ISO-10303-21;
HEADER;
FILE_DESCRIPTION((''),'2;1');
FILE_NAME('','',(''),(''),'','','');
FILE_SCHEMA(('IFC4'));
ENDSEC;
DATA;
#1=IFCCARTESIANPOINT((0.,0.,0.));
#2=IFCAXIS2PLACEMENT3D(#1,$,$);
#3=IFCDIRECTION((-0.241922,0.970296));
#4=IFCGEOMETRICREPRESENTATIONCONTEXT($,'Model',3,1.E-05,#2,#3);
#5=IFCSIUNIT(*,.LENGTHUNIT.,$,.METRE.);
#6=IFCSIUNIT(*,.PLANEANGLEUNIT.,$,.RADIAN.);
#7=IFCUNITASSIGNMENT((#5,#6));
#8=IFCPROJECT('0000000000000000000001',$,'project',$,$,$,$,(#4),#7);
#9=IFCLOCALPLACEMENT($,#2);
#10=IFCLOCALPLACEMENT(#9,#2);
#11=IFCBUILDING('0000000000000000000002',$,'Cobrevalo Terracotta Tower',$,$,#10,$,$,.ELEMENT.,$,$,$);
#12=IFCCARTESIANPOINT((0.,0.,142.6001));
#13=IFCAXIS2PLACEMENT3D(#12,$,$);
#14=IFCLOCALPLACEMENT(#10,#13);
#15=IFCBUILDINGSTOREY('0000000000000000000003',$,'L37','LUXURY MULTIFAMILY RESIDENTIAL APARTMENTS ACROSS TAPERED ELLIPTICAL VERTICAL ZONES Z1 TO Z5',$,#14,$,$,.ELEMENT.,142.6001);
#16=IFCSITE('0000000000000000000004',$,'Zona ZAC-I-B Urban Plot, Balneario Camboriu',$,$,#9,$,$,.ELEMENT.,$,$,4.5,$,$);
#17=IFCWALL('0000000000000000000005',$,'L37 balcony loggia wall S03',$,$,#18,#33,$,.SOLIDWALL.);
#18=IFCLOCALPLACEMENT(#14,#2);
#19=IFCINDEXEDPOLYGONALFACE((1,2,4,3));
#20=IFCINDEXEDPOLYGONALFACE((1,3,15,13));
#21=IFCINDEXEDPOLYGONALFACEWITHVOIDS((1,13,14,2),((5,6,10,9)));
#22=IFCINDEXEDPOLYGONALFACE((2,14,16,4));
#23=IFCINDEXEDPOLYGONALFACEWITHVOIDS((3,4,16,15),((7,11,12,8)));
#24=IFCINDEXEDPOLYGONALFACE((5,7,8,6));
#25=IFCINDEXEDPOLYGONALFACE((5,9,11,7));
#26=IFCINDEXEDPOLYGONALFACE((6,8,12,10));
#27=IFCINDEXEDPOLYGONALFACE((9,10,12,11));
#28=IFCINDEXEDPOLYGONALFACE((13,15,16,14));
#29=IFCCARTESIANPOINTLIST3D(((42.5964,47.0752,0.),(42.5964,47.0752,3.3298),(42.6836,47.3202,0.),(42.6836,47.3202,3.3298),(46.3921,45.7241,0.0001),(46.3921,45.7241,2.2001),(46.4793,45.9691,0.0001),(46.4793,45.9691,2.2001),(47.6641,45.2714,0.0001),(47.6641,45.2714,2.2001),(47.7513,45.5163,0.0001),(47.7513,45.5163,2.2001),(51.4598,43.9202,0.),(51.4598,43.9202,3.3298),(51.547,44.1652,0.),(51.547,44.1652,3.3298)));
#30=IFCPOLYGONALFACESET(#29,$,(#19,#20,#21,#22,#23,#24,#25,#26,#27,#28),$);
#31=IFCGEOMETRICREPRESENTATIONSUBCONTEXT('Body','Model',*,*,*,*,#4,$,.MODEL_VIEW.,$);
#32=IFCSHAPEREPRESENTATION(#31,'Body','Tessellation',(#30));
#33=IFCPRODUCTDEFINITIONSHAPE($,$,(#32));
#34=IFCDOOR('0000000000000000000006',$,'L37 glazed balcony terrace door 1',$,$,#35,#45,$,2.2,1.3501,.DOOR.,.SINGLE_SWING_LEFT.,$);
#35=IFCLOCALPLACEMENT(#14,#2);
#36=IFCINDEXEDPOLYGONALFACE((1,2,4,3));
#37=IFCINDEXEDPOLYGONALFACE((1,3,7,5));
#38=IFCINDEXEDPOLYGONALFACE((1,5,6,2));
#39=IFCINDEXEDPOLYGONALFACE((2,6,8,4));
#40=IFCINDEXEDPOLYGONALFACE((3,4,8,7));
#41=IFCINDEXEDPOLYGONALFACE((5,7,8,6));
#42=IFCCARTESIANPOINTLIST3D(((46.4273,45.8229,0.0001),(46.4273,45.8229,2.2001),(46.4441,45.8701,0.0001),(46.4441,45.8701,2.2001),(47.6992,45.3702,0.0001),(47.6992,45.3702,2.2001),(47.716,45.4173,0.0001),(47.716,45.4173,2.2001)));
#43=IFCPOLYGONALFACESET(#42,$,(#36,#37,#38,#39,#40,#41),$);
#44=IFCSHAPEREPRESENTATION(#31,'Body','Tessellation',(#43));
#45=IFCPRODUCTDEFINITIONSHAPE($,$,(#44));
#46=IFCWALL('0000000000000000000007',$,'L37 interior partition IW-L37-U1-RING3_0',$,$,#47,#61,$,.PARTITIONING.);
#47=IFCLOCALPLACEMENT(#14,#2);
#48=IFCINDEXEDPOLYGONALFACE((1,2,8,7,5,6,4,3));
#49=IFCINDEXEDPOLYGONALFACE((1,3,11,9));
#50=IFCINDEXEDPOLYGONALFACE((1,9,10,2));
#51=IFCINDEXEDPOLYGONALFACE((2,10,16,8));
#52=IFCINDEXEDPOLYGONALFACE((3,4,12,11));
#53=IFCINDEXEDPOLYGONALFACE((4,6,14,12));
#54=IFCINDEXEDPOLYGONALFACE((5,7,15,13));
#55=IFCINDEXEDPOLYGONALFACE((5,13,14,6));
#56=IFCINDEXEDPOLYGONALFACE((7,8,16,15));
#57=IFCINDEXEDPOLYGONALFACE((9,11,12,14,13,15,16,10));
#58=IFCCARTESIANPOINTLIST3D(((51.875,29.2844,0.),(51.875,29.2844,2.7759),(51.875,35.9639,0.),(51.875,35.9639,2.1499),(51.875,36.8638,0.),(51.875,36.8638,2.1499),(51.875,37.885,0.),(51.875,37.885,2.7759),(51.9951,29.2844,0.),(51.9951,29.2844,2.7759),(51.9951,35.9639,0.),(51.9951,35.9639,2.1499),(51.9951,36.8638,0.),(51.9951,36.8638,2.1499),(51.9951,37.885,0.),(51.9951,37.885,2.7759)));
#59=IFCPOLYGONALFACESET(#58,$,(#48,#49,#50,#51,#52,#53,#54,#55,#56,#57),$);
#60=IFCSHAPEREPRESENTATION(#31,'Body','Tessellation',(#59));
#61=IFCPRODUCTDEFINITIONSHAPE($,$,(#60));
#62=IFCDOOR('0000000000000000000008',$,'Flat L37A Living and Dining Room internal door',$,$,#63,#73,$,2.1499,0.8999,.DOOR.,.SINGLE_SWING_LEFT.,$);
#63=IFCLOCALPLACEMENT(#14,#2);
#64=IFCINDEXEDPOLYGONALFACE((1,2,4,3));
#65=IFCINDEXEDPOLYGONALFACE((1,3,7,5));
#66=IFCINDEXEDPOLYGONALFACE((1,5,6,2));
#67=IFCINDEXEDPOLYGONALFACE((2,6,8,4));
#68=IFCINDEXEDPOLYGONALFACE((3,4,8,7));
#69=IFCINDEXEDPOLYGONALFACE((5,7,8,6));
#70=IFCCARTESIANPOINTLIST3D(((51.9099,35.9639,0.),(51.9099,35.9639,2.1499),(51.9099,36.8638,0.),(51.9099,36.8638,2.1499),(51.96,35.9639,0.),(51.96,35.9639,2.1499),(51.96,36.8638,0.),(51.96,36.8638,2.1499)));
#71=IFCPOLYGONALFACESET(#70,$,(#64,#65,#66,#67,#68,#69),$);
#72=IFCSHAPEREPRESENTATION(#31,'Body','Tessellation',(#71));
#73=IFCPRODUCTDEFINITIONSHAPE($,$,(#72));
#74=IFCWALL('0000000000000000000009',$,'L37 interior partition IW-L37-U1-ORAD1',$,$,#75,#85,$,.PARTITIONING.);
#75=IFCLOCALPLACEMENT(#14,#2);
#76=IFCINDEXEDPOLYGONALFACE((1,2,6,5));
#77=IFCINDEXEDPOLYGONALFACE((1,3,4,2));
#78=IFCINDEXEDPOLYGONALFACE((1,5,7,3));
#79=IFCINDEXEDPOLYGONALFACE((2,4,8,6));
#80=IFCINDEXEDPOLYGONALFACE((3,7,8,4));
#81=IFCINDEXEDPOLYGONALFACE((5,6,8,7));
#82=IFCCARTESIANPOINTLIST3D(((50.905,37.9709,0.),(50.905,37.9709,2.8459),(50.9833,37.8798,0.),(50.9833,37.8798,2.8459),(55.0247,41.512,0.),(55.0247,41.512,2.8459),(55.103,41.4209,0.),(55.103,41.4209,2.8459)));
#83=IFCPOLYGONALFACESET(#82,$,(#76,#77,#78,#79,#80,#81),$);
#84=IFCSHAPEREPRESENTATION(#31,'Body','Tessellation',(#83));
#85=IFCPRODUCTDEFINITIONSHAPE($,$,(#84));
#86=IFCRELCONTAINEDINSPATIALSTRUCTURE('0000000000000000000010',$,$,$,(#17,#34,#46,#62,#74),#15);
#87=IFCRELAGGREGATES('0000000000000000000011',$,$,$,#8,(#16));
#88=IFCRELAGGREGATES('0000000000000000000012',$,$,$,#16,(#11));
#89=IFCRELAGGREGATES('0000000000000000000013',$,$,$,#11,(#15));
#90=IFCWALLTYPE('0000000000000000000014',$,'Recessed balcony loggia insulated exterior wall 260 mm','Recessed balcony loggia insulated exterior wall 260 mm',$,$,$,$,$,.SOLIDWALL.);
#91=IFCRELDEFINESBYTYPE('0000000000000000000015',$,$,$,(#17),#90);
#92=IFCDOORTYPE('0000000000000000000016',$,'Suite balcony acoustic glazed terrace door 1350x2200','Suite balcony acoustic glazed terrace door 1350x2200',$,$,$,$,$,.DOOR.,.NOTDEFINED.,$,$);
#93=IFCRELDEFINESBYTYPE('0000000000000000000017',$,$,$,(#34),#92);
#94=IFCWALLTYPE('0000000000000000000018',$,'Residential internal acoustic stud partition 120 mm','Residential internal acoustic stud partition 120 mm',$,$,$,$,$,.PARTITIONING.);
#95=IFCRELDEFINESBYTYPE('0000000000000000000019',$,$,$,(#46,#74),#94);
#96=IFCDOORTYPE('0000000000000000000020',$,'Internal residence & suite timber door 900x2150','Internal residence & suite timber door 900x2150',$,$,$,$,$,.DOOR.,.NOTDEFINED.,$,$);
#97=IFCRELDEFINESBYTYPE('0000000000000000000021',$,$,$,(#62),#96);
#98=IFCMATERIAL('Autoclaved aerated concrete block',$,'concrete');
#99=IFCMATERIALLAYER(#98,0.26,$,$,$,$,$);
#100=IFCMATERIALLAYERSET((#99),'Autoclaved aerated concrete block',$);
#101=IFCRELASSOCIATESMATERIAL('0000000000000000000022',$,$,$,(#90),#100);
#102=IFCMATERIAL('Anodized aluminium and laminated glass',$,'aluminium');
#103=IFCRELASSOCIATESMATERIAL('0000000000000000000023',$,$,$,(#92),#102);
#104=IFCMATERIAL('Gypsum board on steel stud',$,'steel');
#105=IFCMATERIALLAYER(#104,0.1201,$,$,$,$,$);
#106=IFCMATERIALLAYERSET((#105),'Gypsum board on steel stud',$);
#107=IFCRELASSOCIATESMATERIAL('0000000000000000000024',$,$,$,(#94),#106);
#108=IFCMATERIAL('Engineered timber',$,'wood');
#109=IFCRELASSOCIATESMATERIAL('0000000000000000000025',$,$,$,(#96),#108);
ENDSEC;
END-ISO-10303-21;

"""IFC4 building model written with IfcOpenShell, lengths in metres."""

from ifc_helpers import new_model, si_unit, direction, frame, frame_2d, origin, place, context, subcontext, project, spatial, rectangle, extrude, source, transform, mapped, material, layer, layer_set, type_object, element, fill, save


model = new_model("IFC4")

# Units and contexts
model_context = context("Model", 3, precision=1e-05, world=origin(), true_north=direction((-0.241922, 0.970296)))
body_context = subcontext(model_context, "Body", "Model", "MODEL_VIEW")
ifc_project = project(units=[si_unit("LENGTHUNIT", "METRE"), si_unit("PLANEANGLEUNIT", "RADIAN")], contexts=[model_context])

# Site, building, storey
site_placement = place(None, origin())
site = spatial("IfcSite", under=ifc_project, at=site_placement, Name="Zona ZAC-I-B Urban Plot, Balneario Camboriu", CompositionType="ELEMENT", RefElevation=4.5)
building_placement = place(site_placement, origin())
building = spatial("IfcBuilding", under=site, at=building_placement, Name="Cobrevalo Terracotta Tower", CompositionType="ELEMENT")
storey_placement = place(building_placement, frame((0.0, 0.0, 142.6001)))
storey = spatial("IfcBuildingStorey", under=building, at=storey_placement, Name="L37", Description="LUXURY MULTIFAMILY RESIDENTIAL APARTMENTS ACROSS TAPERED ELLIPTICAL VERTICAL ZONES Z1 TO Z5", CompositionType="ELEMENT", Elevation=142.6001)

# Walls, openings, doors
ifc_material_1 = material(Name="Autoclaved aerated concrete block", Category="concrete")
ifc_layer_1 = layer(ifc_material_1, 0.26)
ifc_layer_set_1 = layer_set([ifc_layer_1], Name="Autoclaved aerated concrete block")
wall_type_1 = type_object("IfcWallType", Name="Recessed balcony loggia insulated exterior wall 260 mm", Description="Recessed balcony loggia insulated exterior wall 260 mm", PredefinedType="SOLIDWALL", material=ifc_layer_set_1)
wall_1_placement = place(storey_placement, frame((51.5034, 44.0427, 0.0), z_axis=(0.0, 0.0, 1.0), x_axis=(-0.942095, 0.335345, 0.0)))
wall_1 = element("IfcWall", 1, at=wall_1_placement, inside=storey, type_object=wall_type_1, Name="L37 balcony loggia wall S03", PredefinedType="SOLIDWALL", context=body_context, shape_type="SweptSolid", body=[
    extrude(rectangle(XDim=9.4082, YDim=0.26, at=frame_2d((4.7041, 0.0))), origin(), (0.0, 0.0, 1.0), 3.3298),
])
opening_1_placement = place(wall_1_placement, frame((4.0291, 0.0, 0.0)))
opening_1 = element("IfcOpeningElement", 2, at=opening_1_placement, cuts=wall_1, PredefinedType="OPENING", context=body_context, shape_type="SweptSolid", body=[
    extrude(rectangle(XDim=1.3501, YDim=2.2, at=frame_2d((0.675, 1.1001))), frame((0.0, 0.1401, 0.0), z_axis=(0.0, -1.0, 0.0), x_axis=(1.0, 0.0, 0.0)), (0.0, 0.0, 1.0), 0.28),
])
ifc_material_2 = material(Name="Anodized aluminium and laminated glass", Category="aluminium")
door_type_1 = type_object("IfcDoorType", Name="Suite balcony acoustic glazed terrace door 1350x2200", Description="Suite balcony acoustic glazed terrace door 1350x2200", OperationType="NOTDEFINED", PredefinedType="DOOR", material=ifc_material_2)
shared_shape_1 = source(origin(), body_context, "Body", "SweptSolid", [
    extrude(rectangle(XDim=1.3501, YDim=2.2, at=frame_2d((0.675, 1.1001))), frame((0.0, 0.0249, 0.0), z_axis=(0.0, -1.0, 0.0), x_axis=(1.0, 0.0, 0.0)), (0.0, 0.0, 1.0), 0.05),
])
door_1_placement = place(opening_1_placement, frame((1.3501, 0.0, 0.0), z_axis=(0.0, 0.0, 1.0), x_axis=(-1.0, 0.0, 0.0)))
door_1 = element("IfcDoor", 3, at=door_1_placement, inside=storey, type_object=door_type_1, Name="L37 glazed balcony terrace door 1", OperationType="SINGLE_SWING_LEFT", OverallHeight=2.2, OverallWidth=1.3501, PredefinedType="DOOR", context=body_context, shape_type="MappedRepresentation", body=[
    mapped(shared_shape_1, transform((0.0, 0.0, 0.0), scale=1.0)),
])
fill(opening_1, door_1)
ifc_material_3 = material(Name="Gypsum board on steel stud", Category="steel")
ifc_layer_2 = layer(ifc_material_3, 0.1201)
ifc_layer_set_2 = layer_set([ifc_layer_2], Name="Gypsum board on steel stud")
wall_type_2 = type_object("IfcWallType", Name="Residential internal acoustic stud partition 120 mm", Description="Residential internal acoustic stud partition 120 mm", PredefinedType="PARTITIONING", material=ifc_layer_set_2)
wall_2_placement = place(storey_placement, frame((51.9351, 37.885, 0.0), z_axis=(0.0, 0.0, 1.0), x_axis=(0.0, -1.0, 0.0)))
wall_2 = element("IfcWall", 4, at=wall_2_placement, inside=storey, type_object=wall_type_2, Name="L37 interior partition IW-L37-U1-RING3_0", PredefinedType="PARTITIONING", context=body_context, shape_type="SweptSolid", body=[
    extrude(rectangle(XDim=8.6006, YDim=0.1201, at=frame_2d((4.3003, 0.0))), origin(), (0.0, 0.0, 1.0), 2.7759),
])
opening_2_placement = place(wall_2_placement, frame((1.0212, 0.0, 0.0)))
opening_2 = element("IfcOpeningElement", 5, at=opening_2_placement, cuts=wall_2, PredefinedType="OPENING", context=body_context, shape_type="SweptSolid", body=[
    extrude(rectangle(XDim=0.8999, YDim=2.1499, at=frame_2d((0.45, 1.075))), frame((0.0, 0.0701, 0.0), z_axis=(0.0, -1.0, 0.0), x_axis=(1.0, 0.0, 0.0)), (0.0, 0.0, 1.0), 0.1401),
])
ifc_material_4 = material(Name="Engineered timber", Category="wood")
door_type_2 = type_object("IfcDoorType", Name="Internal residence & suite timber door 900x2150", Description="Internal residence & suite timber door 900x2150", OperationType="NOTDEFINED", PredefinedType="DOOR", material=ifc_material_4)
shared_shape_2 = source(origin(), body_context, "Body", "SweptSolid", [
    extrude(rectangle(XDim=0.8999, YDim=2.1499, at=frame_2d((0.45, 1.075))), frame((0.0, 0.0249, 0.0), z_axis=(0.0, -1.0, 0.0), x_axis=(1.0, 0.0, 0.0)), (0.0, 0.0, 1.0), 0.05),
])
door_2_placement = place(opening_2_placement, origin())
door_2 = element("IfcDoor", 6, at=door_2_placement, inside=storey, type_object=door_type_2, Name="Flat L37A Living and Dining Room internal door", OperationType="SINGLE_SWING_LEFT", OverallHeight=2.1499, OverallWidth=0.8999, PredefinedType="DOOR", context=body_context, shape_type="MappedRepresentation", body=[
    mapped(shared_shape_2, transform((0.0, 0.0, 0.0), scale=1.0)),
])
fill(opening_2, door_2)

# Wall
wall_3_placement = place(storey_placement, frame((50.9441, 37.9253, 0.0), z_axis=(0.0, 0.0, 1.0), x_axis=(0.758355, 0.651842, 0.0)))
element("IfcWall", 7, at=wall_3_placement, inside=storey, type_object=wall_type_2, Name="L37 interior partition IW-L37-U1-ORAD1", PredefinedType="PARTITIONING", context=body_context, shape_type="SweptSolid", body=[
    extrude(rectangle(XDim=5.4324, YDim=0.1201, at=frame_2d((2.7163, 0.0))), origin(), (0.0, 0.0, 1.0), 2.8459),
])

save(model, "model.ifc")
